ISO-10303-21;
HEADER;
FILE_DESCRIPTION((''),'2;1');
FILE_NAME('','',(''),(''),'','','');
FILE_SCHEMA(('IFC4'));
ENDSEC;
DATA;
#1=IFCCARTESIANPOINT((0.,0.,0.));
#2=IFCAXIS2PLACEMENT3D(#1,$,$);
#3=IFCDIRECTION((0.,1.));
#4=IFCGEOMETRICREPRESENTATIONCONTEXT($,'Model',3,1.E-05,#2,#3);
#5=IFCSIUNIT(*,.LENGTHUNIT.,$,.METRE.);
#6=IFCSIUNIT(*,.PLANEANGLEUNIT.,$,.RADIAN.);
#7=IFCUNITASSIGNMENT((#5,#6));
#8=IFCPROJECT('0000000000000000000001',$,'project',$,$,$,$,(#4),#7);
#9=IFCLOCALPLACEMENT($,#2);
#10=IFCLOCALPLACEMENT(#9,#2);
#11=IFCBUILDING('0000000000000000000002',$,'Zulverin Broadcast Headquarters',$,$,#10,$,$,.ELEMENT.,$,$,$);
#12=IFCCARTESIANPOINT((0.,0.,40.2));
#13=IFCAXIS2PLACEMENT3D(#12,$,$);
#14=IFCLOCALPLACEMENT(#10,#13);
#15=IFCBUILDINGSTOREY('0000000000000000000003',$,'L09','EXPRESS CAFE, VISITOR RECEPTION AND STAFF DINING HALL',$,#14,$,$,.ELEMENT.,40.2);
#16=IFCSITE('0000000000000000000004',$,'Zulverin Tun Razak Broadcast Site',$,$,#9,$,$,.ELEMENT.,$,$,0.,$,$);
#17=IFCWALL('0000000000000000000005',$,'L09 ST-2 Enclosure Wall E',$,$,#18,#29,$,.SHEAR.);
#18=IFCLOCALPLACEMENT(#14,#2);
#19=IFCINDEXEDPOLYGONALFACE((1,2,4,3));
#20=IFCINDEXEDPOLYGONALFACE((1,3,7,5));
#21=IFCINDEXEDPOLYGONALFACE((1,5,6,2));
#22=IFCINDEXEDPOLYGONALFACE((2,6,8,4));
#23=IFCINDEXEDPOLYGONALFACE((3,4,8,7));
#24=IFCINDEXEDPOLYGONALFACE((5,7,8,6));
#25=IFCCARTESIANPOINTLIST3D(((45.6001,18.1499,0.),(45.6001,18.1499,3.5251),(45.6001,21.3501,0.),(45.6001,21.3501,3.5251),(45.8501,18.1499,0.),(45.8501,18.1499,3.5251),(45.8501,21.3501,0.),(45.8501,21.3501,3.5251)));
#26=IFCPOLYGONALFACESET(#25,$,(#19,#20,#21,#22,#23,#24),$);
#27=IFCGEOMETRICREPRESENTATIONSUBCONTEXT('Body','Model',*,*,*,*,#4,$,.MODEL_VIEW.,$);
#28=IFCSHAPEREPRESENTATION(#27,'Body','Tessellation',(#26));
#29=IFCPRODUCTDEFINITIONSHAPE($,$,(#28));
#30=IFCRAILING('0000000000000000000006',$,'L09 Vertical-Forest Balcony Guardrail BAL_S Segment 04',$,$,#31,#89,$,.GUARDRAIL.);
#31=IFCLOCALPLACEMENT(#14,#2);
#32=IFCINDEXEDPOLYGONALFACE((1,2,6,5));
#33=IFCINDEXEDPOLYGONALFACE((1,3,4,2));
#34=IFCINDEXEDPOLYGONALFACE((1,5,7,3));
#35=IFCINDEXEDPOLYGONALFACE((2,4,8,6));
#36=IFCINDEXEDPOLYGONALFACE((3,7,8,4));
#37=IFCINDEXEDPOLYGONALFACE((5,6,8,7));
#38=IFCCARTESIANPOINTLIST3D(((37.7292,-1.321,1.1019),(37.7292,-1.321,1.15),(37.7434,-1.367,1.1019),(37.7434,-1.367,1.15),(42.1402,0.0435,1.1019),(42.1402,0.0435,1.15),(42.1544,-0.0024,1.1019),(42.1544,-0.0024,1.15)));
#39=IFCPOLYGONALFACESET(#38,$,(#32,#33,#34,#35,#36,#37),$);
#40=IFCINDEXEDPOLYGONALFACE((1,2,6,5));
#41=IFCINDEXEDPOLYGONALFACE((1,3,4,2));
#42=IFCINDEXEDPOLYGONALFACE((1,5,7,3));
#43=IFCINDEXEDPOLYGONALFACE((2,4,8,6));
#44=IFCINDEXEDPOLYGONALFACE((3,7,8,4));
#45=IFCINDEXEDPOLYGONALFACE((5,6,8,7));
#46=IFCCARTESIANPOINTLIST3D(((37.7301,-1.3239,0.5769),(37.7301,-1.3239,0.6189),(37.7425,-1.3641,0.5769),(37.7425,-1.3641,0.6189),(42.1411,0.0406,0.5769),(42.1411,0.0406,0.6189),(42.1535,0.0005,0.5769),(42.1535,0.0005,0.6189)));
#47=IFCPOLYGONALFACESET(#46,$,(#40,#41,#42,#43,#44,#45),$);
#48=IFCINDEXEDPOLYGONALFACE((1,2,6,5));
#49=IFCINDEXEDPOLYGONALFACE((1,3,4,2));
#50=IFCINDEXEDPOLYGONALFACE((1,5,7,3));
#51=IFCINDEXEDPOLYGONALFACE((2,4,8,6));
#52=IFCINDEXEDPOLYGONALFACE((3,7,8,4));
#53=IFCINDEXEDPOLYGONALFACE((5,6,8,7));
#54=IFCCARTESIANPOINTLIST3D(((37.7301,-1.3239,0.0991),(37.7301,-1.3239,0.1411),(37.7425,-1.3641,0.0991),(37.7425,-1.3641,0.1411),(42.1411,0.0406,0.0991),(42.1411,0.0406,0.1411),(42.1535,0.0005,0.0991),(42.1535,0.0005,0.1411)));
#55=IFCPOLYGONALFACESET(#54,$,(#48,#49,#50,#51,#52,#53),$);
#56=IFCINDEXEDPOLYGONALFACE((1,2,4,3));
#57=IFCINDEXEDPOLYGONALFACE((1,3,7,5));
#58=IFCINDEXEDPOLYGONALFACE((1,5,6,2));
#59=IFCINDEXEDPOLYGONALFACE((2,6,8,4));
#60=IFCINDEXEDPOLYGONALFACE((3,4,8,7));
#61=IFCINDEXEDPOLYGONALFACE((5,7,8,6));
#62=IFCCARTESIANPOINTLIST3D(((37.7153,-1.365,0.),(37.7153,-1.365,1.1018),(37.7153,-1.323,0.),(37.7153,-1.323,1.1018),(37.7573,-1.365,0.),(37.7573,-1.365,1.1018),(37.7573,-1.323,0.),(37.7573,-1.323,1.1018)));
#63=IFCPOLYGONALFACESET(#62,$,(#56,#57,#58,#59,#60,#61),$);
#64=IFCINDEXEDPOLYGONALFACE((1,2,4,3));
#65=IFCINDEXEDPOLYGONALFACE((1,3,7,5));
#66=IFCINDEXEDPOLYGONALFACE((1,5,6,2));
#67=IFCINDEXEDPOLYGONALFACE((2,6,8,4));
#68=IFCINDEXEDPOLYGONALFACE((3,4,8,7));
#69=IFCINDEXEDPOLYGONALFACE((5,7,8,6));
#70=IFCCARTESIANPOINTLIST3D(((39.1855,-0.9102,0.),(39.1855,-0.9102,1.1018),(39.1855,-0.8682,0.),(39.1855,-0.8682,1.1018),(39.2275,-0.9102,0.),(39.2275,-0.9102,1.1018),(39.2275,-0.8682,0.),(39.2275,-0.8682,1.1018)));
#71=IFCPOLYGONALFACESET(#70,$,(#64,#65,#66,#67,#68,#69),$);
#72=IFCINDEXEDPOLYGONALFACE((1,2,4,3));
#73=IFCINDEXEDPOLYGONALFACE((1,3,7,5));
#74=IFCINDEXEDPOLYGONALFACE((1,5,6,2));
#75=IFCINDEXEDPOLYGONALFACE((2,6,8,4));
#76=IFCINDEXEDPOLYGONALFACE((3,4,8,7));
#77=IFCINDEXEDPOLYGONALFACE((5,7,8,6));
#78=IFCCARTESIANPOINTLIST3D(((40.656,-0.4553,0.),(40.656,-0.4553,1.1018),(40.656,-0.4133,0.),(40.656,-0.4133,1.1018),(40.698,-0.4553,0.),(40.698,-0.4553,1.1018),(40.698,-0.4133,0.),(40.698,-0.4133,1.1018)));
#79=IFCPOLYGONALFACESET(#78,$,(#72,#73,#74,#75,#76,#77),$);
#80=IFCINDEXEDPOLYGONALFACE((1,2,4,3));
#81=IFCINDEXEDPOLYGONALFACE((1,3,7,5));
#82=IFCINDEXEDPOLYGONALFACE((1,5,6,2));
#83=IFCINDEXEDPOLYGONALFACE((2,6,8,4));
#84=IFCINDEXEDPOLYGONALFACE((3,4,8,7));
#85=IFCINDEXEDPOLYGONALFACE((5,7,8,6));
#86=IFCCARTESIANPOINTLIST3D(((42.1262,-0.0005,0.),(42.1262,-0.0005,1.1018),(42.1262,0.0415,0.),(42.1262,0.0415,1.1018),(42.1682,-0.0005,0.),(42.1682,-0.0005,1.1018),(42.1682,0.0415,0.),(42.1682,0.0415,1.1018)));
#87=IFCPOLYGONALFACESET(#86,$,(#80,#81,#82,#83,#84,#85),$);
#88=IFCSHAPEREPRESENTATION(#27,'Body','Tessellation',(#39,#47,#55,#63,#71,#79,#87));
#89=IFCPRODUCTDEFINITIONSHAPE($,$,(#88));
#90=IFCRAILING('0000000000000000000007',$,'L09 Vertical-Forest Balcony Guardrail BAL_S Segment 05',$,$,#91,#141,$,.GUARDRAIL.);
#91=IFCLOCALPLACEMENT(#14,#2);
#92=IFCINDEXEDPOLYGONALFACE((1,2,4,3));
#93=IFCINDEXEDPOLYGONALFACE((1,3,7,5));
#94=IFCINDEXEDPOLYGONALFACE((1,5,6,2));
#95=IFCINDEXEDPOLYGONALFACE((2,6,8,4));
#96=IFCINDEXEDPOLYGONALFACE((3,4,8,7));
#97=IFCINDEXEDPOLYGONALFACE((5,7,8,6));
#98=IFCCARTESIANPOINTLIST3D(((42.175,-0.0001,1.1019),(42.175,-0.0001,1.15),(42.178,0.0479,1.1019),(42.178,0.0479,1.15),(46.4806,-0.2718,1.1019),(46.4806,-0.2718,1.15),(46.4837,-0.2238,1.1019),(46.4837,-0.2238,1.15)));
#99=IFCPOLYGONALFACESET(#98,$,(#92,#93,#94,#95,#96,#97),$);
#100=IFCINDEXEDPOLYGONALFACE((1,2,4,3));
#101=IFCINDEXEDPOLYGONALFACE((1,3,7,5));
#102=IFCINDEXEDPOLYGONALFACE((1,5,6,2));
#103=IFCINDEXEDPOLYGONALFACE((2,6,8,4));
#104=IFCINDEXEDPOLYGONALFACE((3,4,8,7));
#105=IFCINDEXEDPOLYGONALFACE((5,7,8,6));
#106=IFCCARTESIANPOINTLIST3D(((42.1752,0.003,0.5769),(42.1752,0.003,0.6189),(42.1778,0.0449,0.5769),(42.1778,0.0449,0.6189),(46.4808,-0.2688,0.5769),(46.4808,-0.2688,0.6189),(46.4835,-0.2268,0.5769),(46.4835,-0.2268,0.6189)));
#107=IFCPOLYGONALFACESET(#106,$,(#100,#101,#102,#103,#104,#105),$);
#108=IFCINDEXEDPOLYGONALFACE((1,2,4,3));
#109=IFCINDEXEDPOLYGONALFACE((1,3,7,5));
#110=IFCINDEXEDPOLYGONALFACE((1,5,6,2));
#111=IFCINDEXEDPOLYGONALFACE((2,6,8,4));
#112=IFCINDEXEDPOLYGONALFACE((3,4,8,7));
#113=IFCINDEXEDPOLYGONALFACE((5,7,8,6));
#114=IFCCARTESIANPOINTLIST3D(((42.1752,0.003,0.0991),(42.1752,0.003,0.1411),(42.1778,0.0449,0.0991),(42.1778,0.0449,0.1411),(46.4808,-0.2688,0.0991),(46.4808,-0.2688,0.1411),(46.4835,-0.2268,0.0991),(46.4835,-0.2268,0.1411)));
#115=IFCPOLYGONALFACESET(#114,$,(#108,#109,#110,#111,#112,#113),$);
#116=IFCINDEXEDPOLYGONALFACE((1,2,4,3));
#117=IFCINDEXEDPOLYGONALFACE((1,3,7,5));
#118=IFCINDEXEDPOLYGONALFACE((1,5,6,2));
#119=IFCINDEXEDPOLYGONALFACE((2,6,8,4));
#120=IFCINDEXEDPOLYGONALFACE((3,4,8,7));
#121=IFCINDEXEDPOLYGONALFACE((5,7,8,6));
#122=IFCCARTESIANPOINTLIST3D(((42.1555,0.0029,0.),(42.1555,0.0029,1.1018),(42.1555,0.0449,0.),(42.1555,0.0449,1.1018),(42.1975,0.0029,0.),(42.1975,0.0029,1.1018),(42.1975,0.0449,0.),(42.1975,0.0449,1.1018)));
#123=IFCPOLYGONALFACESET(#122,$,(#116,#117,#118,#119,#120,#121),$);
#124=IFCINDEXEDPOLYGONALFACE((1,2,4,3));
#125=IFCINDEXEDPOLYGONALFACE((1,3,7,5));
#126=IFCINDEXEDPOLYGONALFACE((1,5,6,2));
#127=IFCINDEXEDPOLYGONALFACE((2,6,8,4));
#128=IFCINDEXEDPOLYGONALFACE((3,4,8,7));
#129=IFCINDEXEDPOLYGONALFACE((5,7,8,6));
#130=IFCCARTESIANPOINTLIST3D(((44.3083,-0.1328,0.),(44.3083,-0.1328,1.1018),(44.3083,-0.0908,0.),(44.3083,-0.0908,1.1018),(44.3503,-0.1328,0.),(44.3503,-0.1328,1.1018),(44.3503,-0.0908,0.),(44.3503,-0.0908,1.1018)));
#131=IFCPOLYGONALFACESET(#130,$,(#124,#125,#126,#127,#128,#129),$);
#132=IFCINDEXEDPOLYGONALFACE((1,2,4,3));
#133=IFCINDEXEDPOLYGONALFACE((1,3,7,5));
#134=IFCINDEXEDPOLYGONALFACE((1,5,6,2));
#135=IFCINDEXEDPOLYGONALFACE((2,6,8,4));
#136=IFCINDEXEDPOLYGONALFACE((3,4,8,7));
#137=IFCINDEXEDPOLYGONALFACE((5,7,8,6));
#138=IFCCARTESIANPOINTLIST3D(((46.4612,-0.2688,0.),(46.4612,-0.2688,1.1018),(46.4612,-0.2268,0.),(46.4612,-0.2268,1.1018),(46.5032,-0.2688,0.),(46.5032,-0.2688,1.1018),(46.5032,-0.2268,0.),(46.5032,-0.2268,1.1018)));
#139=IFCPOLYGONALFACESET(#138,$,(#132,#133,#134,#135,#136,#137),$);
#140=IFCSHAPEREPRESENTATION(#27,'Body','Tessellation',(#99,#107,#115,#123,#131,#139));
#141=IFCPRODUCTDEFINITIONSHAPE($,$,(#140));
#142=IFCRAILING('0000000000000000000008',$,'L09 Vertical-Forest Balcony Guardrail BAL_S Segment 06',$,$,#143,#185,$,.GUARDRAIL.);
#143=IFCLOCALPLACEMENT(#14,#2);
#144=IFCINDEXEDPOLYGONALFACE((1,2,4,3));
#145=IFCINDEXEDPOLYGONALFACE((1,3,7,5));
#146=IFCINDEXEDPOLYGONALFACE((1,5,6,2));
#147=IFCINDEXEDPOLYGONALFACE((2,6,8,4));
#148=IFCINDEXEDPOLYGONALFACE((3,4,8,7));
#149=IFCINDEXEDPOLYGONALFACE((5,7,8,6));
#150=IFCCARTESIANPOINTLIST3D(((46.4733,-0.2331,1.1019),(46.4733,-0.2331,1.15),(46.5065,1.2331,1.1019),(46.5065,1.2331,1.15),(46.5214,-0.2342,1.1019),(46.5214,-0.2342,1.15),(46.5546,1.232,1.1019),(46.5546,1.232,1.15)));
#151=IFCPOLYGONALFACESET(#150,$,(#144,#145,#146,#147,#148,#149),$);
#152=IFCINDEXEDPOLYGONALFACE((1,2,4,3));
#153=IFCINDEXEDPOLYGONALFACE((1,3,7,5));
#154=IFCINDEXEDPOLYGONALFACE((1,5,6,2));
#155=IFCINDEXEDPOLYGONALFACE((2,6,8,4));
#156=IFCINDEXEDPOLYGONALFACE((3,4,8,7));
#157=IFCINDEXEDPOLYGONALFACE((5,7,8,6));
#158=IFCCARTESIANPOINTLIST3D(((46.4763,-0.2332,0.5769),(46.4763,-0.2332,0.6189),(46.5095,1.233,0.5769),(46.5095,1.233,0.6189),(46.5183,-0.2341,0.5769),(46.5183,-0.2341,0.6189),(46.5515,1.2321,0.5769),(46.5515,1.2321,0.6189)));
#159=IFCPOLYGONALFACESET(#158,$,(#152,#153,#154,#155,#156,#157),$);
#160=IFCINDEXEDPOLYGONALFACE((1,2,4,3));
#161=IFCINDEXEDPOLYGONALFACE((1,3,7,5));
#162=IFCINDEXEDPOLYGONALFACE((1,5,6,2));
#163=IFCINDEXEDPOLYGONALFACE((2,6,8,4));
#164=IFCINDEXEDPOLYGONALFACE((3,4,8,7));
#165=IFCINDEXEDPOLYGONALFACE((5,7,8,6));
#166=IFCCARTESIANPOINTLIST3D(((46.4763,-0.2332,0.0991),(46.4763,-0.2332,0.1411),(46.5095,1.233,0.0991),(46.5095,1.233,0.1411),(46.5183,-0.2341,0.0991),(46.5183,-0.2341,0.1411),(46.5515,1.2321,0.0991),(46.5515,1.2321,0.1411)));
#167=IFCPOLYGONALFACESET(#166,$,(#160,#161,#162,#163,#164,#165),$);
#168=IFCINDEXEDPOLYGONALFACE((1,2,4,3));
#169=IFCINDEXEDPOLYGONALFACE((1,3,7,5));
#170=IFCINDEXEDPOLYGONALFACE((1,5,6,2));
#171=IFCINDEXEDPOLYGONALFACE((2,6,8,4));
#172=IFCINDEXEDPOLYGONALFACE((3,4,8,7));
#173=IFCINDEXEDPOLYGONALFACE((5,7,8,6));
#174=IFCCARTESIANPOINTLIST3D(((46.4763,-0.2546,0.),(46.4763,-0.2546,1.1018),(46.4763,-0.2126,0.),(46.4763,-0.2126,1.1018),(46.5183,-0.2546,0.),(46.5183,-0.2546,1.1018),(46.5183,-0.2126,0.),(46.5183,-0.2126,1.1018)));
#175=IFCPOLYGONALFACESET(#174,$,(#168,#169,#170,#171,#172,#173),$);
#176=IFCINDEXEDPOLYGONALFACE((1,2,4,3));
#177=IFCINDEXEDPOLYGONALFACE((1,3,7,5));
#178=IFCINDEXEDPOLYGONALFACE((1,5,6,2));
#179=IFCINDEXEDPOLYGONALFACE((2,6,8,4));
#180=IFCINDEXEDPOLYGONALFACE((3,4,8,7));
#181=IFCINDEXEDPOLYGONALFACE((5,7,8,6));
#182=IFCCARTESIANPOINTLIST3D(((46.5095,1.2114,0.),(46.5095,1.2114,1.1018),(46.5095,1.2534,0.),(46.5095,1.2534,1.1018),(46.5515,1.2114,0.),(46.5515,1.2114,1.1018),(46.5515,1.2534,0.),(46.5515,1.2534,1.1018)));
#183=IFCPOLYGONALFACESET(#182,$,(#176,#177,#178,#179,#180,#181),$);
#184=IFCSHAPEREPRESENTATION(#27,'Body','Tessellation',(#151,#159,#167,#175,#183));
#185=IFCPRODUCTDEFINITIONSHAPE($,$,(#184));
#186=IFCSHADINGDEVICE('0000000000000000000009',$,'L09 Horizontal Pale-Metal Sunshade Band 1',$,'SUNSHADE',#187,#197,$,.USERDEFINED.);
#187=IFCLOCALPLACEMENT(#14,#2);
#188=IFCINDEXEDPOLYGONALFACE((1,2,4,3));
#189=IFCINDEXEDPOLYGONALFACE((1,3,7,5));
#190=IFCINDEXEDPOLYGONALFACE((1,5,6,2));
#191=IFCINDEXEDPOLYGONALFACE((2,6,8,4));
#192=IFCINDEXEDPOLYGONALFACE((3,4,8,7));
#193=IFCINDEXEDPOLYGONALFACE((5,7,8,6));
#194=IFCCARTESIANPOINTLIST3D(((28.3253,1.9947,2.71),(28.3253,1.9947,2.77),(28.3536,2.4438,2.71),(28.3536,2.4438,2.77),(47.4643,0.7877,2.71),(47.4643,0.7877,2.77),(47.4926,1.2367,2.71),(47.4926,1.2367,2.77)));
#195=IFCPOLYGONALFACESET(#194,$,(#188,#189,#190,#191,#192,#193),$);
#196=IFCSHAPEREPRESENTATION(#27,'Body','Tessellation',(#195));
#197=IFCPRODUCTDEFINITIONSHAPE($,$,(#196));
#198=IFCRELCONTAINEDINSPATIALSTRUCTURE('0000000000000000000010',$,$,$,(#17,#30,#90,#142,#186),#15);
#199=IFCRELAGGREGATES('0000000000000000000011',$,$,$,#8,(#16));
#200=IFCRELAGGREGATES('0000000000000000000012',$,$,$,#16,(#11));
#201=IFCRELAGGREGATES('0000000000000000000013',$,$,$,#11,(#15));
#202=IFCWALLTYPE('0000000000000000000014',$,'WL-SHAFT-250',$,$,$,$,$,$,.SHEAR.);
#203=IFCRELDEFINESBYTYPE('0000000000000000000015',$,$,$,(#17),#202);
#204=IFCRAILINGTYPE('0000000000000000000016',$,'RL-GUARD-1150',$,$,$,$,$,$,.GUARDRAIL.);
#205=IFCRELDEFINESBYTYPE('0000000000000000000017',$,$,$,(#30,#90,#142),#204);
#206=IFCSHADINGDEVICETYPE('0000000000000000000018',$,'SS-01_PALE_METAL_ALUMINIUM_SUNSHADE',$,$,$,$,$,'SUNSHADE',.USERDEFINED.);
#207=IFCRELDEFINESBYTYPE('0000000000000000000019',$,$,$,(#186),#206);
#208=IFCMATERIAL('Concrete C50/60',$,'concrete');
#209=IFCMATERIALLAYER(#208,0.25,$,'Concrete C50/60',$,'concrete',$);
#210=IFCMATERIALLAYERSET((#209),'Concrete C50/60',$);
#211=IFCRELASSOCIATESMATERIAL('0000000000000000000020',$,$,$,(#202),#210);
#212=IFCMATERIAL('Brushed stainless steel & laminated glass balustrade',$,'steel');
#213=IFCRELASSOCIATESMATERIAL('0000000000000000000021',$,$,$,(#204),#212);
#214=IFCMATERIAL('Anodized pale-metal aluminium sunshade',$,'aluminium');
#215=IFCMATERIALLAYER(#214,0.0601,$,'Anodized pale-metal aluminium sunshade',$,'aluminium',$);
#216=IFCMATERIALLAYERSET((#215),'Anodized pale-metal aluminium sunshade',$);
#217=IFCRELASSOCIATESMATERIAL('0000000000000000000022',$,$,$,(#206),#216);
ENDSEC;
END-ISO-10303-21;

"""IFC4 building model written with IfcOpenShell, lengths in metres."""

from ifc_helpers import new_model, si_unit, direction, frame, frame_2d, origin, origin_2d, place, context, subcontext, project, spatial, rectangle, extrude, material, layer, layer_set, type_object, element, save


model = new_model("IFC4")

# Units and contexts
model_context = context("Model", 3, precision=1e-05, world=origin(), true_north=direction((0.0, 1.0)))
body_context = subcontext(model_context, "Body", "Model", "MODEL_VIEW")
ifc_project = project(units=[si_unit("LENGTHUNIT", "METRE"), si_unit("PLANEANGLEUNIT", "RADIAN")], contexts=[model_context])

# Site, building, storey
site_placement = place(None, origin())
site = spatial("IfcSite", under=ifc_project, at=site_placement, Name="Zulverin Tun Razak Broadcast Site", CompositionType="ELEMENT", RefElevation=0.0)
building_placement = place(site_placement, origin())
building = spatial("IfcBuilding", under=site, at=building_placement, Name="Zulverin Broadcast Headquarters", CompositionType="ELEMENT")
storey_placement = place(building_placement, frame((0.0, 0.0, 40.2)))
storey = spatial("IfcBuildingStorey", under=building, at=storey_placement, Name="L09", Description="EXPRESS CAFE, VISITOR RECEPTION AND STAFF DINING HALL", CompositionType="ELEMENT", Elevation=40.2)

# Shared definitions
ifc_material_1 = material(Name="Concrete C50/60", Category="concrete")
ifc_layer_1 = layer(ifc_material_1, 0.25, Name="Concrete C50/60", Category="concrete")
ifc_layer_set_1 = layer_set([ifc_layer_1], Name="Concrete C50/60")
wall_type_1 = type_object("IfcWallType", Name="WL-SHAFT-250", PredefinedType="SHEAR", material=ifc_layer_set_1)

# Wall
wall_1_placement = place(storey_placement, frame((45.7251, 18.1499, 0.0), z_axis=(0.0, 0.0, 1.0), x_axis=(0.0, 1.0, 0.0)))
element("IfcWall", 1, at=wall_1_placement, inside=storey, type_object=wall_type_1, Name="L09 ST-2 Enclosure Wall E", PredefinedType="SHEAR", context=body_context, shape_type="SweptSolid", body=[
    extrude(rectangle(XDim=3.2002, YDim=0.25, at=frame_2d((1.6001, 0.0))), origin(), (0.0, 0.0, 1.0), 3.5251),
])

# Railings
ifc_material_2 = material(Name="Brushed stainless steel & laminated glass balustrade", Category="steel")
railing_type = type_object("IfcRailingType", Name="RL-GUARD-1150", PredefinedType="GUARDRAIL", material=ifc_material_2)
railing_1_placement = place(storey_placement, frame((37.7363, -1.344, 0.0)))
element("IfcRailing", 2, at=railing_1_placement, inside=storey, type_object=railing_type, Name="L09 Vertical-Forest Balcony Guardrail BAL_S Segment 04", PredefinedType="GUARDRAIL", context=body_context, shape_type="SweptSolid", body=[
    extrude(rectangle(XDim=0.0481, YDim=0.0481, at=origin_2d()), frame((0.0, 0.0, 1.126), z_axis=(0.955333, 0.295531, 0.0), x_axis=(-0.295531, 0.955333, 0.0)), (0.0, 0.0, 1.0), 4.6172),
    extrude(rectangle(XDim=0.042, YDim=0.042, at=origin_2d()), frame((0.0, 0.0, 0.5979), z_axis=(0.955333, 0.295531, 0.0), x_axis=(-0.295531, 0.955333, 0.0)), (0.0, 0.0, 1.0), 4.6172),
    extrude(rectangle(XDim=0.042, YDim=0.042, at=origin_2d()), frame((0.0, 0.0, 0.1201), z_axis=(0.955333, 0.295531, 0.0), x_axis=(-0.295531, 0.955333, 0.0)), (0.0, 0.0, 1.0), 4.6172),
    extrude(rectangle(XDim=0.042, YDim=0.042, at=origin_2d()), origin(), (0.0, 0.0, 1.0), 1.1018),
    extrude(rectangle(XDim=0.042, YDim=0.042, at=origin_2d()), frame((1.4702, 0.4548, 0.0)), (0.0, 0.0, 1.0), 1.1018),
    extrude(rectangle(XDim=0.042, YDim=0.042, at=origin_2d()), frame((2.9407, 0.9097, 0.0)), (0.0, 0.0, 1.0), 1.1018),
    extrude(rectangle(XDim=0.042, YDim=0.042, at=origin_2d()), frame((4.4109, 1.3645, 0.0)), (0.0, 0.0, 1.0), 1.1018),
])
railing_2_placement = place(storey_placement, frame((42.1765, 0.0239, 0.0)))
element("IfcRailing", 3, at=railing_2_placement, inside=storey, type_object=railing_type, Name="L09 Vertical-Forest Balcony Guardrail BAL_S Segment 05", PredefinedType="GUARDRAIL", context=body_context, shape_type="SweptSolid", body=[
    extrude(rectangle(XDim=0.0481, YDim=0.0481, at=origin_2d()), frame((0.0, 0.0, 1.126), z_axis=(0.998015, -0.062984, 0.0), x_axis=(0.062984, 0.998015, 0.0)), (0.0, 0.0, 1.0), 4.3142),
    extrude(rectangle(XDim=0.042, YDim=0.042, at=origin_2d()), frame((0.0, 0.0, 0.5979), z_axis=(0.998015, -0.062984, 0.0), x_axis=(0.062984, 0.998015, 0.0)), (0.0, 0.0, 1.0), 4.3142),
    extrude(rectangle(XDim=0.042, YDim=0.042, at=origin_2d()), frame((0.0, 0.0, 0.1201), z_axis=(0.998015, -0.062984, 0.0), x_axis=(0.062984, 0.998015, 0.0)), (0.0, 0.0, 1.0), 4.3142),
    extrude(rectangle(XDim=0.042, YDim=0.042, at=origin_2d()), origin(), (0.0, 0.0, 1.0), 1.1018),
    extrude(rectangle(XDim=0.042, YDim=0.042, at=origin_2d()), frame((2.1528, -0.1357, 0.0)), (0.0, 0.0, 1.0), 1.1018),
    extrude(rectangle(XDim=0.042, YDim=0.042, at=origin_2d()), frame((4.3057, -0.2717, 0.0)), (0.0, 0.0, 1.0), 1.1018),
])
railing_3_placement = place(storey_placement, frame((46.4973, -0.2336, 0.0)))
element("IfcRailing", 4, at=railing_3_placement, inside=storey, type_object=railing_type, Name="L09 Vertical-Forest Balcony Guardrail BAL_S Segment 06", PredefinedType="GUARDRAIL", context=body_context, shape_type="SweptSolid", body=[
    extrude(rectangle(XDim=0.0481, YDim=0.0481, at=origin_2d()), frame((0.0, 0.0, 1.126), z_axis=(0.022642, 0.999744, 0.0), x_axis=(-0.999744, 0.022642, 0.0)), (0.0, 0.0, 1.0), 1.4666),
    extrude(rectangle(XDim=0.042, YDim=0.042, at=origin_2d()), frame((0.0, 0.0, 0.5979), z_axis=(0.022642, 0.999744, 0.0), x_axis=(-0.999744, 0.022642, 0.0)), (0.0, 0.0, 1.0), 1.4666),
    extrude(rectangle(XDim=0.042, YDim=0.042, at=origin_2d()), frame((0.0, 0.0, 0.1201), z_axis=(0.022642, 0.999744, 0.0), x_axis=(-0.999744, 0.022642, 0.0)), (0.0, 0.0, 1.0), 1.4666),
    extrude(rectangle(XDim=0.042, YDim=0.042, at=origin_2d()), origin(), (0.0, 0.0, 1.0), 1.1018),
    extrude(rectangle(XDim=0.042, YDim=0.042, at=origin_2d()), frame((0.0332, 1.4661, 0.0)), (0.0, 0.0, 1.0), 1.1018),
])

# Shading device
ifc_material_3 = material(Name="Anodized pale-metal aluminium sunshade", Category="aluminium")
ifc_layer_2 = layer(ifc_material_3, 0.0601, Name="Anodized pale-metal aluminium sunshade", Category="aluminium")
ifc_layer_set_2 = layer_set([ifc_layer_2], Name="Anodized pale-metal aluminium sunshade")
shading_device_type = type_object("IfcShadingDeviceType", Name="SS-01_PALE_METAL_ALUMINIUM_SUNSHADE", ElementType="SUNSHADE", PredefinedType="USERDEFINED", material=ifc_layer_set_2)
shading_device_placement = place(storey_placement, frame((37.9089, 1.6157, 2.71), z_axis=(0.0, 0.0, 1.0), x_axis=(0.998017, -0.062942, 0.0)))
element("IfcShadingDevice", 5, at=shading_device_placement, inside=storey, type_object=shading_device_type, Name="L09 Horizontal Pale-Metal Sunshade Band 1", ObjectType="SUNSHADE", PredefinedType="USERDEFINED", context=body_context, shape_type="SweptSolid", body=[
    extrude(rectangle(XDim=19.177, YDim=0.45, at=origin_2d()), origin(), (0.0, 0.0, 1.0), 0.0601),
])

save(model, "model.ifc")
